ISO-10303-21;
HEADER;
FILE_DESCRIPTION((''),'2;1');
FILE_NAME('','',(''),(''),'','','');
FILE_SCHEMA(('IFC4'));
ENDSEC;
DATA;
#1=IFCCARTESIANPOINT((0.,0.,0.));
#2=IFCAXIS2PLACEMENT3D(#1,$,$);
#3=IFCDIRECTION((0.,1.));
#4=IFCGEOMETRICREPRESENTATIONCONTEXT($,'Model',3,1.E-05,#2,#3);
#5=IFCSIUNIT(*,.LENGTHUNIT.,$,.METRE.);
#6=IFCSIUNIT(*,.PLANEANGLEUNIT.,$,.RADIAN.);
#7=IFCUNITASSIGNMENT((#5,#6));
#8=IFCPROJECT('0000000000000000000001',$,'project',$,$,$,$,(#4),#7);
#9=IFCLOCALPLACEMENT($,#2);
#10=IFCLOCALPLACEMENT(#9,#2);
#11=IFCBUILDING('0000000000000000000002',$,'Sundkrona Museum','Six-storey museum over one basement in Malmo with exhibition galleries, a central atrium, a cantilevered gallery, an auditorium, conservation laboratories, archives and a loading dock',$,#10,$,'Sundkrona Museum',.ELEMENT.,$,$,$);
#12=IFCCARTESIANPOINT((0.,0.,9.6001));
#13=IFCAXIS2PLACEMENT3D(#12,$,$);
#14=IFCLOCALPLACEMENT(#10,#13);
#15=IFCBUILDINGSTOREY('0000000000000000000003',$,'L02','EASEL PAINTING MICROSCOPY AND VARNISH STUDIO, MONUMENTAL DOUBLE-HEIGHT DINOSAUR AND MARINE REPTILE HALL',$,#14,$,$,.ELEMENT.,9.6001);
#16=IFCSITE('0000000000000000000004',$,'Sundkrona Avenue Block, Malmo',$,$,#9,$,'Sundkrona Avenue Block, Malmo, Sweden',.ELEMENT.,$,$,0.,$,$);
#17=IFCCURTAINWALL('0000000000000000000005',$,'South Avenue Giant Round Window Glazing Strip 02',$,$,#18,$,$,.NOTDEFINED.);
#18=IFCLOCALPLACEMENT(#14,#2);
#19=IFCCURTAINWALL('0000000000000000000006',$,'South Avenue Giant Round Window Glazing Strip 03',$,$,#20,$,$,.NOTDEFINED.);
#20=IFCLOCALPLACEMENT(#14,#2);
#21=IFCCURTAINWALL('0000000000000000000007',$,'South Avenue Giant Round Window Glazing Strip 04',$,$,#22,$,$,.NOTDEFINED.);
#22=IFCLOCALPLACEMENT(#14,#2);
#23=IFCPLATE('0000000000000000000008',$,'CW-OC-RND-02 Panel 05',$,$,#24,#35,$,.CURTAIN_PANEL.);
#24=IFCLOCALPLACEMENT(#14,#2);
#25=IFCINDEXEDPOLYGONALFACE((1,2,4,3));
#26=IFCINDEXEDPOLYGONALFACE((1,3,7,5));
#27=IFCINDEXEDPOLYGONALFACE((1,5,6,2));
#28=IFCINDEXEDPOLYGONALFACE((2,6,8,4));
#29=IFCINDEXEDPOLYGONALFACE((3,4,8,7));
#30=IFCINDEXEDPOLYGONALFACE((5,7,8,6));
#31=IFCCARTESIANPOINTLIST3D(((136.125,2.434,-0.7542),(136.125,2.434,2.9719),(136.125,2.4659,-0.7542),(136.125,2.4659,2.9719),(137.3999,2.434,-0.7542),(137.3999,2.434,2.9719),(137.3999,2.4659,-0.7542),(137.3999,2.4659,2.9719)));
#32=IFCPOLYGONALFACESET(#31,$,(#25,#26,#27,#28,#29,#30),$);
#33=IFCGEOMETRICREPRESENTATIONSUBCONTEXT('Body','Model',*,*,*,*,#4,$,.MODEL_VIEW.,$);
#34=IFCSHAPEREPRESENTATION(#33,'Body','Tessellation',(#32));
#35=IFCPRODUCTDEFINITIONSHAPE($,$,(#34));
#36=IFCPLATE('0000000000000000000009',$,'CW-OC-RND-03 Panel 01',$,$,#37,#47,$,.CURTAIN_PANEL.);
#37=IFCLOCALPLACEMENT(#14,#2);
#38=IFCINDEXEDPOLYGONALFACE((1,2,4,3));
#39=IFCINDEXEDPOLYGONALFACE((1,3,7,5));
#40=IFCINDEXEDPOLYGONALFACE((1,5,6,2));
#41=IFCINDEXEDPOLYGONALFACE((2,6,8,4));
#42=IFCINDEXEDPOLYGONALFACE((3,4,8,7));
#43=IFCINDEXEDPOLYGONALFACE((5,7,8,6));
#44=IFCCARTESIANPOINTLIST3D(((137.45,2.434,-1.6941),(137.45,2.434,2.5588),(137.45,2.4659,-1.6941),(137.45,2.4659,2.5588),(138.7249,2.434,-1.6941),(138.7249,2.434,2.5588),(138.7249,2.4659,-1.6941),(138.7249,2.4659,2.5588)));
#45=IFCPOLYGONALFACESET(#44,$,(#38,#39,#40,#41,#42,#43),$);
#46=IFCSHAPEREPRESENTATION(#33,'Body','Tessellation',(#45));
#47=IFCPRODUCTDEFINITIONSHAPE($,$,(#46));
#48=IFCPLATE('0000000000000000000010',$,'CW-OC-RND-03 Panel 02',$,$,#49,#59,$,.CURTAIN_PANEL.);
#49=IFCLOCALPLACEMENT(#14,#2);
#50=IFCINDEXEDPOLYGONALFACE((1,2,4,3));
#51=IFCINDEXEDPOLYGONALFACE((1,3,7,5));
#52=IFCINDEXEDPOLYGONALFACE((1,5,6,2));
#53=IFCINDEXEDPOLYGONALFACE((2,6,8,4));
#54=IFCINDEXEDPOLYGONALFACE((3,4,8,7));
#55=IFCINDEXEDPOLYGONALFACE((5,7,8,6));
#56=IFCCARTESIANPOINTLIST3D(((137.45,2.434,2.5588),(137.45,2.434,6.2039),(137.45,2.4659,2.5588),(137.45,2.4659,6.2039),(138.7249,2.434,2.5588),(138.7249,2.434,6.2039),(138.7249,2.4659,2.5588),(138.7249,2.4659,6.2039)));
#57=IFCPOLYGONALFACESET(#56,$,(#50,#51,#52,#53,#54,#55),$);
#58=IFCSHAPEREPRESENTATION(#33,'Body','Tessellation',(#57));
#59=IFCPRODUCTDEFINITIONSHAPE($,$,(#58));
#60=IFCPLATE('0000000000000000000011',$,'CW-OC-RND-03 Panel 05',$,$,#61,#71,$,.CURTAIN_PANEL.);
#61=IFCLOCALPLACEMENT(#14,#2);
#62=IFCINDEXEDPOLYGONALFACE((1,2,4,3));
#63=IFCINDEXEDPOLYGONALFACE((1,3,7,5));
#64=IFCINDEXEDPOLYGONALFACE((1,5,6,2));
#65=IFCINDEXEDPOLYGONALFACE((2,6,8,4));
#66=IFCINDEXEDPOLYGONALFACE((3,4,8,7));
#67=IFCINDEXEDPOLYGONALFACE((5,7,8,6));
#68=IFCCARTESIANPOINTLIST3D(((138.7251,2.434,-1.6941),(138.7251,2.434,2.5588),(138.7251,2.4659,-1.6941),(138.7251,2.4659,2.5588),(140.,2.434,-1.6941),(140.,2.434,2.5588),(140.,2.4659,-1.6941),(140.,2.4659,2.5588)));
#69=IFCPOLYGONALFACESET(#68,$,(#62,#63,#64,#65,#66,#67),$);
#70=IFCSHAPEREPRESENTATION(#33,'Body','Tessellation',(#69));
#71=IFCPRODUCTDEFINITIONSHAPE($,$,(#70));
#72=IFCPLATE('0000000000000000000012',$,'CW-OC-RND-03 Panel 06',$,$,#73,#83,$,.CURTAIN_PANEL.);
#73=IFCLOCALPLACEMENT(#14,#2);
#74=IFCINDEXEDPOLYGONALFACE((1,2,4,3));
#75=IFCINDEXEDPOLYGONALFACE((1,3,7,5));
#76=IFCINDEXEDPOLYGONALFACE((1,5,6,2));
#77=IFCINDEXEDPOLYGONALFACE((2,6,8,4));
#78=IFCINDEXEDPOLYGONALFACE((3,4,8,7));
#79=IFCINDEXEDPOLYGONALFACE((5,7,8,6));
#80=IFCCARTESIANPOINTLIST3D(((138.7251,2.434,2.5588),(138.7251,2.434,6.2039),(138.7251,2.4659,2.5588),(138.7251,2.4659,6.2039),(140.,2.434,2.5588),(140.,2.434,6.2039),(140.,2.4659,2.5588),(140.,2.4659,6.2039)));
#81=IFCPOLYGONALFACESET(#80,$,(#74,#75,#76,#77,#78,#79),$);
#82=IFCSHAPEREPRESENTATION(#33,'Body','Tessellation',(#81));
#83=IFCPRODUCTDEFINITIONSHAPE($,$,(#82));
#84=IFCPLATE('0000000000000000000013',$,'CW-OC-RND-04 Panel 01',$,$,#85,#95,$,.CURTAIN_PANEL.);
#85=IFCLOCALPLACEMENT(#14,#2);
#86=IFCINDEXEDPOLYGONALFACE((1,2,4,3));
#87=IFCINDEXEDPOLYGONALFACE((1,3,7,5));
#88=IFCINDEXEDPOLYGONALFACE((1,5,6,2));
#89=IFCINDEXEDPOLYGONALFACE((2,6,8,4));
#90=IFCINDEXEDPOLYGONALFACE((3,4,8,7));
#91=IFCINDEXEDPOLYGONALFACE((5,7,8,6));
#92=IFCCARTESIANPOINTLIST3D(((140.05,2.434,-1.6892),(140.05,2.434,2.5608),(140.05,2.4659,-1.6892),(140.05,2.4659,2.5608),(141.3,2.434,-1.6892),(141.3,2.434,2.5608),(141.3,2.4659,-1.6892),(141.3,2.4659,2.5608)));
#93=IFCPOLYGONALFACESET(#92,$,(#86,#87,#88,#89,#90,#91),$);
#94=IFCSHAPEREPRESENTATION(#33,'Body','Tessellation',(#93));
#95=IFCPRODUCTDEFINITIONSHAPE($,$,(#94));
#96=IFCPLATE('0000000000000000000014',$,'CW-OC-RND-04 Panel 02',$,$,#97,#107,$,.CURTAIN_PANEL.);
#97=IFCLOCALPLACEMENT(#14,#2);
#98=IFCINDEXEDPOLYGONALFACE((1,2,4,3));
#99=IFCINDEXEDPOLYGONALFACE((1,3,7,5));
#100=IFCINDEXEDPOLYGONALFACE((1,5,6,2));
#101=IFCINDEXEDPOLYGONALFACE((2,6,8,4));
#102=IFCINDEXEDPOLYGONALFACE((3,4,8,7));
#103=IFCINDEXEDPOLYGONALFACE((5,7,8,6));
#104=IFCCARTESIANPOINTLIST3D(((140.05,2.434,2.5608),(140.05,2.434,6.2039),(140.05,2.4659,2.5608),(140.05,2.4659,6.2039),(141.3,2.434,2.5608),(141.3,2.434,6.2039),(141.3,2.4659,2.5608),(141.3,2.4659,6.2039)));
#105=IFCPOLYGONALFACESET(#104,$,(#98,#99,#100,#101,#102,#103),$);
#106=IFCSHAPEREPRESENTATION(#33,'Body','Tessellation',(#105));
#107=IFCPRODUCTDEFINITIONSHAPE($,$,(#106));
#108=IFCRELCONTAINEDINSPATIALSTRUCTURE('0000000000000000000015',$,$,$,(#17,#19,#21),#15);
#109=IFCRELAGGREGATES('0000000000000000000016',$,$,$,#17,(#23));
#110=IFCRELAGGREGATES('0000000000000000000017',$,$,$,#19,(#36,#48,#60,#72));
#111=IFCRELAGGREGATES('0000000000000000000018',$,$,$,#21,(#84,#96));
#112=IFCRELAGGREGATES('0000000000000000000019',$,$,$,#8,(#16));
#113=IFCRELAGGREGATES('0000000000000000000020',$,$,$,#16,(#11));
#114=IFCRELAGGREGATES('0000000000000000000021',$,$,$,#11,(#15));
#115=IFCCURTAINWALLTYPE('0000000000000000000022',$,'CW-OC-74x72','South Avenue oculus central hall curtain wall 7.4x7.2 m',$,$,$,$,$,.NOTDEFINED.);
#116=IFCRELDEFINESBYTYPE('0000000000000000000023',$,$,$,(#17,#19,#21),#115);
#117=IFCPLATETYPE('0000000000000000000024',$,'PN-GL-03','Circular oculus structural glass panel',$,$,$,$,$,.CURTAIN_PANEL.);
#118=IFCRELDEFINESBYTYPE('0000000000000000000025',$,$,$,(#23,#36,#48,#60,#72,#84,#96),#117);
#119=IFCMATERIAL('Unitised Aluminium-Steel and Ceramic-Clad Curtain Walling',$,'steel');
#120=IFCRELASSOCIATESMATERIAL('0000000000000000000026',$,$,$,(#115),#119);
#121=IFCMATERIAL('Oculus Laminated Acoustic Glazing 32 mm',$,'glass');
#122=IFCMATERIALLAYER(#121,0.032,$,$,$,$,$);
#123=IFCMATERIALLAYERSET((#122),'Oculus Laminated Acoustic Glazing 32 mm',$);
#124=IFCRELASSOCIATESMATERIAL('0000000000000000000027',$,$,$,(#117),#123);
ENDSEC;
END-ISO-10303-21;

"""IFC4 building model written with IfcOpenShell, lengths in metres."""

from ifc_helpers import new_model, si_unit, direction, frame, origin, origin_2d, place, context, subcontext, project, spatial, rectangle, extrude, material, layer, layer_set, type_object, element, aggregate, save


model = new_model("IFC4")

# Units and contexts
model_context = context("Model", 3, precision=1e-05, world=origin(), true_north=direction((0.0, 1.0)))
body_context = subcontext(model_context, "Body", "Model", "MODEL_VIEW")
ifc_project = project(units=[si_unit("LENGTHUNIT", "METRE"), si_unit("PLANEANGLEUNIT", "RADIAN")], contexts=[model_context])

# Site, building, storey
site_placement = place(None, origin())
site = spatial("IfcSite", under=ifc_project, at=site_placement, Name="Sundkrona Avenue Block, Malmo", LongName="Sundkrona Avenue Block, Malmo, Sweden", CompositionType="ELEMENT", RefElevation=0.0)
building_placement = place(site_placement, origin())
building = spatial("IfcBuilding", under=site, at=building_placement, Name="Sundkrona Museum", Description="Six-storey museum over one basement in Malmo with exhibition galleries, a central atrium, a cantilevered gallery, an auditorium, conservation laboratories, archives and a loading dock", LongName="Sundkrona Museum", CompositionType="ELEMENT")
storey_placement = place(building_placement, frame((0.0, 0.0, 9.6001)))
storey = spatial("IfcBuildingStorey", under=building, at=storey_placement, Name="L02", Description="EASEL PAINTING MICROSCOPY AND VARNISH STUDIO, MONUMENTAL DOUBLE-HEIGHT DINOSAUR AND MARINE REPTILE HALL", CompositionType="ELEMENT", Elevation=9.6001)

# Curtain walls
ifc_material_1 = material(Name="Unitised Aluminium-Steel and Ceramic-Clad Curtain Walling", Category="steel")
curtain_wall_type = type_object("IfcCurtainWallType", Name="CW-OC-74x72", Description="South Avenue oculus central hall curtain wall 7.4x7.2 m", PredefinedType="NOTDEFINED", material=ifc_material_1)
curtain_wall_1_placement = place(storey_placement, origin())
curtain_wall_1 = element("IfcCurtainWall", 1, at=curtain_wall_1_placement, inside=storey, type_object=curtain_wall_type, Name="South Avenue Giant Round Window Glazing Strip 02", PredefinedType="NOTDEFINED")
curtain_wall_2_placement = place(storey_placement, origin())
curtain_wall_2 = element("IfcCurtainWall", 2, at=curtain_wall_2_placement, inside=storey, type_object=curtain_wall_type, Name="South Avenue Giant Round Window Glazing Strip 03", PredefinedType="NOTDEFINED")
curtain_wall_3_placement = place(storey_placement, origin())
curtain_wall_3 = element("IfcCurtainWall", 3, at=curtain_wall_3_placement, inside=storey, type_object=curtain_wall_type, Name="South Avenue Giant Round Window Glazing Strip 04", PredefinedType="NOTDEFINED")

# Plates
ifc_material_2 = material(Name="Oculus Laminated Acoustic Glazing 32 mm", Category="glass")
ifc_layer = layer(ifc_material_2, 0.032)
ifc_layer_set = layer_set([ifc_layer], Name="Oculus Laminated Acoustic Glazing 32 mm")
plate_type = type_object("IfcPlateType", Name="PN-GL-03", Description="Circular oculus structural glass panel", PredefinedType="CURTAIN_PANEL", material=ifc_layer_set)
plate_1_placement = place(storey_placement, frame((136.7625, 2.45, -0.7542), z_axis=(0.0, 0.0, 1.0), x_axis=(1.0, 0.0, 0.0)))
plate_1 = element("IfcPlate", 4, at=plate_1_placement, type_object=plate_type, Name="CW-OC-RND-02 Panel 05", PredefinedType="CURTAIN_PANEL", context=body_context, shape_type="SweptSolid", body=[
    extrude(rectangle(XDim=1.2749, YDim=0.032, at=origin_2d()), origin(), (0.0, 0.0, 1.0), 3.7261),
])
aggregate(curtain_wall_1, [plate_1])
plate_2_placement = place(storey_placement, frame((138.0874, 2.45, -1.6941), z_axis=(0.0, 0.0, 1.0), x_axis=(1.0, 0.0, 0.0)))
plate_2 = element("IfcPlate", 5, at=plate_2_placement, type_object=plate_type, Name="CW-OC-RND-03 Panel 01", PredefinedType="CURTAIN_PANEL", context=body_context, shape_type="SweptSolid", body=[
    extrude(rectangle(XDim=1.2749, YDim=0.032, at=origin_2d()), origin(), (0.0, 0.0, 1.0), 4.2529),
])
plate_3_placement = place(storey_placement, frame((138.0874, 2.45, 2.5588), z_axis=(0.0, 0.0, 1.0), x_axis=(1.0, 0.0, 0.0)))
plate_3 = element("IfcPlate", 6, at=plate_3_placement, type_object=plate_type, Name="CW-OC-RND-03 Panel 02", PredefinedType="CURTAIN_PANEL", context=body_context, shape_type="SweptSolid", body=[
    extrude(rectangle(XDim=1.2749, YDim=0.032, at=origin_2d()), origin(), (0.0, 0.0, 1.0), 3.645),
])
plate_4_placement = place(storey_placement, frame((139.3625, 2.45, -1.6941), z_axis=(0.0, 0.0, 1.0), x_axis=(1.0, 0.0, 0.0)))
plate_4 = element("IfcPlate", 7, at=plate_4_placement, type_object=plate_type, Name="CW-OC-RND-03 Panel 05", PredefinedType="CURTAIN_PANEL", context=body_context, shape_type="SweptSolid", body=[
    extrude(rectangle(XDim=1.2749, YDim=0.032, at=origin_2d()), origin(), (0.0, 0.0, 1.0), 4.2529),
])
plate_5_placement = place(storey_placement, frame((139.3625, 2.45, 2.5588), z_axis=(0.0, 0.0, 1.0), x_axis=(1.0, 0.0, 0.0)))
plate_5 = element("IfcPlate", 8, at=plate_5_placement, type_object=plate_type, Name="CW-OC-RND-03 Panel 06", PredefinedType="CURTAIN_PANEL", context=body_context, shape_type="SweptSolid", body=[
    extrude(rectangle(XDim=1.2749, YDim=0.032, at=origin_2d()), origin(), (0.0, 0.0, 1.0), 3.645),
])
aggregate(curtain_wall_2, [plate_2, plate_3, plate_4, plate_5])
plate_6_placement = place(storey_placement, frame((140.675, 2.45, -1.6892), z_axis=(0.0, 0.0, 1.0), x_axis=(1.0, 0.0, 0.0)))
plate_6 = element("IfcPlate", 9, at=plate_6_placement, type_object=plate_type, Name="CW-OC-RND-04 Panel 01", PredefinedType="CURTAIN_PANEL", context=body_context, shape_type="SweptSolid", body=[
    extrude(rectangle(XDim=1.25, YDim=0.032, at=origin_2d()), origin(), (0.0, 0.0, 1.0), 4.25),
])
plate_7_placement = place(storey_placement, frame((140.675, 2.45, 2.5608), z_axis=(0.0, 0.0, 1.0), x_axis=(1.0, 0.0, 0.0)))
plate_7 = element("IfcPlate", 10, at=plate_7_placement, type_object=plate_type, Name="CW-OC-RND-04 Panel 02", PredefinedType="CURTAIN_PANEL", context=body_context, shape_type="SweptSolid", body=[
    extrude(rectangle(XDim=1.25, YDim=0.032, at=origin_2d()), origin(), (0.0, 0.0, 1.0), 3.6431),
])
aggregate(curtain_wall_3, [plate_6, plate_7])

save(model, "model.ifc")
